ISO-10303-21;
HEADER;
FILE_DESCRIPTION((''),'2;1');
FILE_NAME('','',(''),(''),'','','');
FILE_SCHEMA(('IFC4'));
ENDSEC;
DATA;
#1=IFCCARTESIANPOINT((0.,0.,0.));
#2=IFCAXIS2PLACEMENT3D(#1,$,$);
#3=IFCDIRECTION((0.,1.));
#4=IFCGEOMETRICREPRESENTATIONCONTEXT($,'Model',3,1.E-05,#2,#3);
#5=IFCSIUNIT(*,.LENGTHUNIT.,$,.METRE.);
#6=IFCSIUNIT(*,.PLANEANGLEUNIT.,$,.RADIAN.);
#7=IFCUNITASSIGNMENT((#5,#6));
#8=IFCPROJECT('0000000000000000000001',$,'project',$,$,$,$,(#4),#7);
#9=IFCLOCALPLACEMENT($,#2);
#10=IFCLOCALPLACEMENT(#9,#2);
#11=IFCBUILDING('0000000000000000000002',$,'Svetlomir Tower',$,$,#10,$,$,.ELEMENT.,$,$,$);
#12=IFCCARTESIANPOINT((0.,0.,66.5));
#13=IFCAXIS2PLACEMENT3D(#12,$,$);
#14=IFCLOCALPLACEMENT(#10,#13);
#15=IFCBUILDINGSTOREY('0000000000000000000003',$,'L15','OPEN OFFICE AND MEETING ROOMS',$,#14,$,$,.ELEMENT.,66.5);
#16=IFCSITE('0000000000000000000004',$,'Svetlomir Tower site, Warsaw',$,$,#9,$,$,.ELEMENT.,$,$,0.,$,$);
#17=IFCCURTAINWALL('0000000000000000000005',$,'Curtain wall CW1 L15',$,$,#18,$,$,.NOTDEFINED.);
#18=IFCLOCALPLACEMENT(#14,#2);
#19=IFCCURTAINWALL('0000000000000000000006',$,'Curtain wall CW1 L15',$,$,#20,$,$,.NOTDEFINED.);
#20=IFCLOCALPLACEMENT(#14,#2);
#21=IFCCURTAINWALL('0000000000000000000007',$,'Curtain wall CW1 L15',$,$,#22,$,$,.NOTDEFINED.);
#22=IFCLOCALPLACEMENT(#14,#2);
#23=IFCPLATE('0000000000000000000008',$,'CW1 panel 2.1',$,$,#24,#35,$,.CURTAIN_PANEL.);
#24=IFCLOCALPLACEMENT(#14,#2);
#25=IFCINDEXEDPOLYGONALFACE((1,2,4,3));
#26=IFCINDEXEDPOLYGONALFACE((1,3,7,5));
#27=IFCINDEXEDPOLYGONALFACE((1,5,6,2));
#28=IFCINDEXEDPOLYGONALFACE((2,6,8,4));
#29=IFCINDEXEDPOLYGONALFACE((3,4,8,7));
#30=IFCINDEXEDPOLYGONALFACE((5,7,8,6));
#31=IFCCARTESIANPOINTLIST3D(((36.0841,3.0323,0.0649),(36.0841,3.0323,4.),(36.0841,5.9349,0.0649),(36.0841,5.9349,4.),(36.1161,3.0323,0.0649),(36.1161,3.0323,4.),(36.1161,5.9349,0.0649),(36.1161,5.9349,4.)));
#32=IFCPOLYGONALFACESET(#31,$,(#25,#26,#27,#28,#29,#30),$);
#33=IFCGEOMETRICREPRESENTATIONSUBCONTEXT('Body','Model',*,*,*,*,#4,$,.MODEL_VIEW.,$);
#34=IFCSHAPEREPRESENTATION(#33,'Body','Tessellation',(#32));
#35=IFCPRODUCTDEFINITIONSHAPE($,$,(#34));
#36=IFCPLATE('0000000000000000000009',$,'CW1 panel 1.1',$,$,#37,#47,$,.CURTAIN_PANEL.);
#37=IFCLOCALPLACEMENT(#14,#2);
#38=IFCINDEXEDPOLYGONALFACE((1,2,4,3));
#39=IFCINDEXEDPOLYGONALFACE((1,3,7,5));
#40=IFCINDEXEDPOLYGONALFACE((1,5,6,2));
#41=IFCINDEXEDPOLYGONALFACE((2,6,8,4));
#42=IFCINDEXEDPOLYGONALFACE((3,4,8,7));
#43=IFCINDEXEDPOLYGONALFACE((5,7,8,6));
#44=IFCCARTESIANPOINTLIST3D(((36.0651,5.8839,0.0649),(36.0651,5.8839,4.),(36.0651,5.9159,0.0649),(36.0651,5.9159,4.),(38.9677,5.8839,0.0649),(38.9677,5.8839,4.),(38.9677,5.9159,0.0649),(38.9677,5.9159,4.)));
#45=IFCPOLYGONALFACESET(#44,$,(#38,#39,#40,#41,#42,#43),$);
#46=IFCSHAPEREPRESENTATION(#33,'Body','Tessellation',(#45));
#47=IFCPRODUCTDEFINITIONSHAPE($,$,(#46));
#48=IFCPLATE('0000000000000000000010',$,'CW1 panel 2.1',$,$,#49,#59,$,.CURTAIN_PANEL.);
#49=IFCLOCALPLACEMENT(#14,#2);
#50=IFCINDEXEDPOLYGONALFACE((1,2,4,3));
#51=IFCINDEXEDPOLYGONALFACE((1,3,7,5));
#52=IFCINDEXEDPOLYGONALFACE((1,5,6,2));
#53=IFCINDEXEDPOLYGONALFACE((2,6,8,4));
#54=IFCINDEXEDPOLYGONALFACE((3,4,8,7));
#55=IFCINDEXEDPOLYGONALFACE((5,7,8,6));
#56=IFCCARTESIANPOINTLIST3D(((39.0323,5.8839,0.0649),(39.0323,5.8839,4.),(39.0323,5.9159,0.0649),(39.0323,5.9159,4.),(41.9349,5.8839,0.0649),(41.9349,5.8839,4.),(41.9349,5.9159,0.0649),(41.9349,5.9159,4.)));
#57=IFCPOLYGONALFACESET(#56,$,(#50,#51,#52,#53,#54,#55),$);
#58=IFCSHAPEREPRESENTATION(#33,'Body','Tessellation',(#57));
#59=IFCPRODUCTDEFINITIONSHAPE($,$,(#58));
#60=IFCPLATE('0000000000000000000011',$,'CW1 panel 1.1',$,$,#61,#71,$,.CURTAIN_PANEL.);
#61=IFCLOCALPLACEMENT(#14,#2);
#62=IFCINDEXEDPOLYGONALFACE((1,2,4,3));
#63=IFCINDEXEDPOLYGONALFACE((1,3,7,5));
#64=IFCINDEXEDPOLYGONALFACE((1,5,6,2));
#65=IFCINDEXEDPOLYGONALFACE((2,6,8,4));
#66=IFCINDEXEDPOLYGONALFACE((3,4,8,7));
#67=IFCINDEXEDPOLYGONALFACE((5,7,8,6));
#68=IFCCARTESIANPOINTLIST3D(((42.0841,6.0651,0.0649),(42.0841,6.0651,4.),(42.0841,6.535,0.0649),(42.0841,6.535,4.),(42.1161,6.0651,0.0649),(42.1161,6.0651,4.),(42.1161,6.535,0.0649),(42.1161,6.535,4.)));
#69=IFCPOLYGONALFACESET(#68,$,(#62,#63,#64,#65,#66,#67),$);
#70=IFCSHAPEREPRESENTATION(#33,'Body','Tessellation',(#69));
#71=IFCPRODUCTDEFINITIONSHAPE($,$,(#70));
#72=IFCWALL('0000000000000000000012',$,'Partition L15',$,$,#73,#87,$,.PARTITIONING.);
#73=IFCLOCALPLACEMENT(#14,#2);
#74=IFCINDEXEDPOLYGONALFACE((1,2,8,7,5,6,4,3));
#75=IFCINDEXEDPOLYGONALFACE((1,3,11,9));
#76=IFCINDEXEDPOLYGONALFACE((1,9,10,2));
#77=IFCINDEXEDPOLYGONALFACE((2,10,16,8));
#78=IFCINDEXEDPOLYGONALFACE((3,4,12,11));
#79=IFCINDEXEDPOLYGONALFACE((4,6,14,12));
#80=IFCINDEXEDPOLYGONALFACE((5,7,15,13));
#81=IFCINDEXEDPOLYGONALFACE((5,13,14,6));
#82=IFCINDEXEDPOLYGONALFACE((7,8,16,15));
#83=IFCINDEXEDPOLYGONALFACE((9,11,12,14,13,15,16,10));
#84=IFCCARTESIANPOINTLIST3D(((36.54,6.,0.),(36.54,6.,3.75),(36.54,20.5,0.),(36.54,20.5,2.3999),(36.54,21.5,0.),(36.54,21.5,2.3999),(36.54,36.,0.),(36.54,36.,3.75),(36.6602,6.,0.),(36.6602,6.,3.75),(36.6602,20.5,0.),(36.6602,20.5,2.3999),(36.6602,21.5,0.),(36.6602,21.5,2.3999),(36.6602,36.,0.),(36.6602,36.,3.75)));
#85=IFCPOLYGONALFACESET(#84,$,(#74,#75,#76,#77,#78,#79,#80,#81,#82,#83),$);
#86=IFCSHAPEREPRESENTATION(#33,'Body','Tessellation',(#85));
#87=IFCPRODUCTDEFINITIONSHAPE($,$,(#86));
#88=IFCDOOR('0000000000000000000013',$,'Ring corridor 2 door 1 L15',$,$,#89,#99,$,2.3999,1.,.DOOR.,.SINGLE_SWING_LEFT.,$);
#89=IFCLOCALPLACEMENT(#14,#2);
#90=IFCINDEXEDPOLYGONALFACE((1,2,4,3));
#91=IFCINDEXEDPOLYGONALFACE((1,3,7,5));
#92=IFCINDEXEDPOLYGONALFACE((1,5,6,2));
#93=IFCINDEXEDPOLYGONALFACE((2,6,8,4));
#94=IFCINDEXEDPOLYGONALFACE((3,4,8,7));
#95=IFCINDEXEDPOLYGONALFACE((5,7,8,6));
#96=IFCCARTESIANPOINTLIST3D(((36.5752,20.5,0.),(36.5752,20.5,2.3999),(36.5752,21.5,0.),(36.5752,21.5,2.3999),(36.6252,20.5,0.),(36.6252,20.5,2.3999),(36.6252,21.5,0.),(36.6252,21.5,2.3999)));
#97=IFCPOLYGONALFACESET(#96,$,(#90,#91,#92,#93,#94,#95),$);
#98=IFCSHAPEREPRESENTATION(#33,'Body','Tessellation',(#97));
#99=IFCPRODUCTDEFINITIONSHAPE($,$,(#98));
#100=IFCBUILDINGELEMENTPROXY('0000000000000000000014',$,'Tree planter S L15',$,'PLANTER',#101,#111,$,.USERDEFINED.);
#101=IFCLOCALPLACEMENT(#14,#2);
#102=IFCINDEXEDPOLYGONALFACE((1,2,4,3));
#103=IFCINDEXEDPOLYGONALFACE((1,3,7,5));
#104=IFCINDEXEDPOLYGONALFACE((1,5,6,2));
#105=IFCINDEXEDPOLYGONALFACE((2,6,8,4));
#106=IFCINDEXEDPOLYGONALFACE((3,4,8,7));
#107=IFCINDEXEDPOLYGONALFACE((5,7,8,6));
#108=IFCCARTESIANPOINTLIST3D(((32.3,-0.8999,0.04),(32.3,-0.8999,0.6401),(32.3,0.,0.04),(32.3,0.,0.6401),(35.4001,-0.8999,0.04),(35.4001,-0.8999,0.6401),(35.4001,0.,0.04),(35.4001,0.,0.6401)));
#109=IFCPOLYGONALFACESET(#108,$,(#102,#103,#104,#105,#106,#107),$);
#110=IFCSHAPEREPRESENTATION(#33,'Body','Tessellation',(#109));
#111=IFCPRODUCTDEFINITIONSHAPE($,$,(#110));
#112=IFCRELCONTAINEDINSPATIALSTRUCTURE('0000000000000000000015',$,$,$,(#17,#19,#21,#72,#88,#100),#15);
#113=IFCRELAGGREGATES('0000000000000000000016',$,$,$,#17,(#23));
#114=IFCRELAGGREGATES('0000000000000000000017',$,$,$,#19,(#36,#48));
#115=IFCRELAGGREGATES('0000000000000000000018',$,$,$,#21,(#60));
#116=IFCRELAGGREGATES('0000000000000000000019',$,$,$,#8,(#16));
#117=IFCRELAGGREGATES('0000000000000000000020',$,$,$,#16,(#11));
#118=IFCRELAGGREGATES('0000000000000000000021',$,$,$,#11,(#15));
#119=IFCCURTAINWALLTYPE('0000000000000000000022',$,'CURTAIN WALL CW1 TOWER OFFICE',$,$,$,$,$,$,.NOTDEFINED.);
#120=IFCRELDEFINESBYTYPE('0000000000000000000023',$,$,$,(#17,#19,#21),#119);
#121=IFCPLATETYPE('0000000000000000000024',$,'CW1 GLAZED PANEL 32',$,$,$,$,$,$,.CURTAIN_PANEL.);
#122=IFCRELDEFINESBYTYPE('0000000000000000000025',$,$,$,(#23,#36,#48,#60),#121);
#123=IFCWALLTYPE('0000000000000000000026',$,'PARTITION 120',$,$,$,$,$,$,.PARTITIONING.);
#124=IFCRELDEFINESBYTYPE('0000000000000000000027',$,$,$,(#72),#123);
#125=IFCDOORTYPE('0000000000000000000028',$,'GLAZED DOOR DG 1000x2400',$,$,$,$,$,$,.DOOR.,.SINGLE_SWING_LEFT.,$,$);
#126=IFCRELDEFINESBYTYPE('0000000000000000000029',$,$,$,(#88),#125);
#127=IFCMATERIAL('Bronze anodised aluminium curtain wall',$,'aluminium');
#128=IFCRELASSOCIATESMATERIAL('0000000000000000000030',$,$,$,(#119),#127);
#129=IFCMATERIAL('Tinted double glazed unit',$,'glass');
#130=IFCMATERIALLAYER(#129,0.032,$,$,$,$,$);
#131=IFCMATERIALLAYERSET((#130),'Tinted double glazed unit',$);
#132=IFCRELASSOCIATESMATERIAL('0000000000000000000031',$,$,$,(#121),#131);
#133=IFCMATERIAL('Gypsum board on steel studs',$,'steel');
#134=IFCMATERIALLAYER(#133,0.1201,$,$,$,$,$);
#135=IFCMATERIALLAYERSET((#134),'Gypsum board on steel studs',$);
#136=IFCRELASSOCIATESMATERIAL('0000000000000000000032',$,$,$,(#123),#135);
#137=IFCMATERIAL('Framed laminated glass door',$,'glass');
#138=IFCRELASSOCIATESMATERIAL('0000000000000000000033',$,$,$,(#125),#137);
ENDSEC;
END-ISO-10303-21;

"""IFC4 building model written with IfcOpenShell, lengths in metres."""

from ifc_helpers import new_model, si_unit, direction, frame, frame_2d, origin, origin_2d, place, context, subcontext, project, spatial, rectangle, extrude, material, layer, layer_set, type_object, element, fill, aggregate, save


model = new_model("IFC4")

# Units and contexts
model_context = context("Model", 3, precision=1e-05, world=origin(), true_north=direction((0.0, 1.0)))
body_context = subcontext(model_context, "Body", "Model", "MODEL_VIEW")
ifc_project = project(units=[si_unit("LENGTHUNIT", "METRE"), si_unit("PLANEANGLEUNIT", "RADIAN")], contexts=[model_context])

# Site, building, storey
site_placement = place(None, origin())
site = spatial("IfcSite", under=ifc_project, at=site_placement, Name="Svetlomir Tower site, Warsaw", CompositionType="ELEMENT", RefElevation=0.0)
building_placement = place(site_placement, origin())
building = spatial("IfcBuilding", under=site, at=building_placement, Name="Svetlomir Tower", CompositionType="ELEMENT")
storey_placement = place(building_placement, frame((0.0, 0.0, 66.5)))
storey = spatial("IfcBuildingStorey", under=building, at=storey_placement, Name="L15", Description="OPEN OFFICE AND MEETING ROOMS", CompositionType="ELEMENT", Elevation=66.5)

# Curtain walls
ifc_material_1 = material(Name="Bronze anodised aluminium curtain wall", Category="aluminium")
curtain_wall_type = type_object("IfcCurtainWallType", Name="CURTAIN WALL CW1 TOWER OFFICE", PredefinedType="NOTDEFINED", material=ifc_material_1)
curtain_wall_1_placement = place(storey_placement, origin())
curtain_wall_1 = element("IfcCurtainWall", 1, at=curtain_wall_1_placement, inside=storey, type_object=curtain_wall_type, Name="Curtain wall CW1 L15", PredefinedType="NOTDEFINED")
curtain_wall_2_placement = place(storey_placement, origin())
curtain_wall_2 = element("IfcCurtainWall", 2, at=curtain_wall_2_placement, inside=storey, type_object=curtain_wall_type, Name="Curtain wall CW1 L15", PredefinedType="NOTDEFINED")

# Curtain wall
curtain_wall_3_placement = place(storey_placement, origin())
curtain_wall_3 = element("IfcCurtainWall", 3, at=curtain_wall_3_placement, inside=storey, type_object=curtain_wall_type, Name="Curtain wall CW1 L15", PredefinedType="NOTDEFINED")

# Plates
ifc_material_2 = material(Name="Tinted double glazed unit", Category="glass")
ifc_layer_1 = layer(ifc_material_2, 0.032)
ifc_layer_set_1 = layer_set([ifc_layer_1], Name="Tinted double glazed unit")
plate_type = type_object("IfcPlateType", Name="CW1 GLAZED PANEL 32", PredefinedType="CURTAIN_PANEL", material=ifc_layer_set_1)
plate_1_placement = place(storey_placement, frame((36.1001, 4.4836, 0.0649), z_axis=(0.0, 0.0, 1.0), x_axis=(0.0, 1.0, 0.0)))
plate_1 = element("IfcPlate", 4, at=plate_1_placement, type_object=plate_type, Name="CW1 panel 2.1", PredefinedType="CURTAIN_PANEL", context=body_context, shape_type="SweptSolid", body=[
    extrude(rectangle(XDim=2.9026, YDim=0.032, at=origin_2d()), origin(), (0.0, 0.0, 1.0), 3.9351),
])
aggregate(curtain_wall_1, [plate_1])
plate_2_placement = place(storey_placement, frame((37.5164, 5.8999, 0.0649), z_axis=(0.0, 0.0, 1.0), x_axis=(1.0, 0.0, 0.0)))
plate_2 = element("IfcPlate", 5, at=plate_2_placement, type_object=plate_type, Name="CW1 panel 1.1", PredefinedType="CURTAIN_PANEL", context=body_context, shape_type="SweptSolid", body=[
    extrude(rectangle(XDim=2.9026, YDim=0.032, at=origin_2d()), origin(), (0.0, 0.0, 1.0), 3.9351),
])
plate_3_placement = place(storey_placement, frame((40.4836, 5.8999, 0.0649), z_axis=(0.0, 0.0, 1.0), x_axis=(1.0, 0.0, 0.0)))
plate_3 = element("IfcPlate", 6, at=plate_3_placement, type_object=plate_type, Name="CW1 panel 2.1", PredefinedType="CURTAIN_PANEL", context=body_context, shape_type="SweptSolid", body=[
    extrude(rectangle(XDim=2.9026, YDim=0.032, at=origin_2d()), origin(), (0.0, 0.0, 1.0), 3.9351),
])
aggregate(curtain_wall_2, [plate_2, plate_3])
plate_4_placement = place(storey_placement, frame((42.1001, 6.3, 0.0649), z_axis=(0.0, 0.0, 1.0), x_axis=(0.0, 1.0, 0.0)))
plate_4 = element("IfcPlate", 7, at=plate_4_placement, type_object=plate_type, Name="CW1 panel 1.1", PredefinedType="CURTAIN_PANEL", context=body_context, shape_type="SweptSolid", body=[
    extrude(rectangle(XDim=0.47, YDim=0.032, at=origin_2d()), origin(), (0.0, 0.0, 1.0), 3.9351),
])
aggregate(curtain_wall_3, [plate_4])

# Wall, opening, door
ifc_material_3 = material(Name="Gypsum board on steel studs", Category="steel")
ifc_layer_2 = layer(ifc_material_3, 0.1201)
ifc_layer_set_2 = layer_set([ifc_layer_2], Name="Gypsum board on steel studs")
wall_type = type_object("IfcWallType", Name="PARTITION 120", PredefinedType="PARTITIONING", material=ifc_layer_set_2)
wall_placement = place(storey_placement, frame((36.6001, 6.0, 0.0), z_axis=(0.0, 0.0, 1.0), x_axis=(0.0, 1.0, 0.0)))
wall = element("IfcWall", 8, at=wall_placement, inside=storey, type_object=wall_type, Name="Partition L15", PredefinedType="PARTITIONING", context=body_context, shape_type="SweptSolid", body=[
    extrude(rectangle(XDim=30.0, YDim=0.1201, at=frame_2d((15.0, 0.0))), origin(), (0.0, 0.0, 1.0), 3.75),
])
opening_placement = place(wall_placement, frame((14.5, 0.0, 0.0)))
opening = element("IfcOpeningElement", 9, at=opening_placement, cuts=wall, PredefinedType="OPENING", context=body_context, shape_type="SweptSolid", body=[
    extrude(rectangle(XDim=1.0, YDim=2.3999, at=frame_2d((0.5, 1.2))), frame((0.0, 0.0701, 0.0), z_axis=(0.0, -1.0, 0.0), x_axis=(1.0, 0.0, 0.0)), (0.0, 0.0, 1.0), 0.1401),
])
ifc_material_4 = material(Name="Framed laminated glass door", Category="glass")
door_type = type_object("IfcDoorType", Name="GLAZED DOOR DG 1000x2400", OperationType="SINGLE_SWING_LEFT", PredefinedType="DOOR", material=ifc_material_4)
door_placement = place(opening_placement, origin())
door = element("IfcDoor", 10, at=door_placement, inside=storey, type_object=door_type, Name="Ring corridor 2 door 1 L15", OperationType="SINGLE_SWING_LEFT", OverallHeight=2.3999, OverallWidth=1.0, PredefinedType="DOOR", context=body_context, shape_type="SweptSolid", body=[
    extrude(rectangle(XDim=1.0, YDim=2.3999, at=frame_2d((0.5, 1.2))), frame((0.0, 0.0249, 0.0), z_axis=(0.0, -1.0, 0.0), x_axis=(1.0, 0.0, 0.0)), (0.0, 0.0, 1.0), 0.05),
])
fill(opening, door)

# Building element proxy
proxy_placement = place(storey_placement, frame((33.8501, -0.45, 0.04), z_axis=(0.0, 0.0, 1.0), x_axis=(1.0, 0.0, 0.0)))
element("IfcBuildingElementProxy", 11, at=proxy_placement, inside=storey, Name="Tree planter S L15", ObjectType="PLANTER", PredefinedType="USERDEFINED", context=body_context, shape_type="SweptSolid", body=[
    extrude(rectangle(XDim=3.1001, YDim=0.8999, at=origin_2d()), origin(), (0.0, 0.0, 1.0), 0.6001),
])

save(model, "model.ifc")
